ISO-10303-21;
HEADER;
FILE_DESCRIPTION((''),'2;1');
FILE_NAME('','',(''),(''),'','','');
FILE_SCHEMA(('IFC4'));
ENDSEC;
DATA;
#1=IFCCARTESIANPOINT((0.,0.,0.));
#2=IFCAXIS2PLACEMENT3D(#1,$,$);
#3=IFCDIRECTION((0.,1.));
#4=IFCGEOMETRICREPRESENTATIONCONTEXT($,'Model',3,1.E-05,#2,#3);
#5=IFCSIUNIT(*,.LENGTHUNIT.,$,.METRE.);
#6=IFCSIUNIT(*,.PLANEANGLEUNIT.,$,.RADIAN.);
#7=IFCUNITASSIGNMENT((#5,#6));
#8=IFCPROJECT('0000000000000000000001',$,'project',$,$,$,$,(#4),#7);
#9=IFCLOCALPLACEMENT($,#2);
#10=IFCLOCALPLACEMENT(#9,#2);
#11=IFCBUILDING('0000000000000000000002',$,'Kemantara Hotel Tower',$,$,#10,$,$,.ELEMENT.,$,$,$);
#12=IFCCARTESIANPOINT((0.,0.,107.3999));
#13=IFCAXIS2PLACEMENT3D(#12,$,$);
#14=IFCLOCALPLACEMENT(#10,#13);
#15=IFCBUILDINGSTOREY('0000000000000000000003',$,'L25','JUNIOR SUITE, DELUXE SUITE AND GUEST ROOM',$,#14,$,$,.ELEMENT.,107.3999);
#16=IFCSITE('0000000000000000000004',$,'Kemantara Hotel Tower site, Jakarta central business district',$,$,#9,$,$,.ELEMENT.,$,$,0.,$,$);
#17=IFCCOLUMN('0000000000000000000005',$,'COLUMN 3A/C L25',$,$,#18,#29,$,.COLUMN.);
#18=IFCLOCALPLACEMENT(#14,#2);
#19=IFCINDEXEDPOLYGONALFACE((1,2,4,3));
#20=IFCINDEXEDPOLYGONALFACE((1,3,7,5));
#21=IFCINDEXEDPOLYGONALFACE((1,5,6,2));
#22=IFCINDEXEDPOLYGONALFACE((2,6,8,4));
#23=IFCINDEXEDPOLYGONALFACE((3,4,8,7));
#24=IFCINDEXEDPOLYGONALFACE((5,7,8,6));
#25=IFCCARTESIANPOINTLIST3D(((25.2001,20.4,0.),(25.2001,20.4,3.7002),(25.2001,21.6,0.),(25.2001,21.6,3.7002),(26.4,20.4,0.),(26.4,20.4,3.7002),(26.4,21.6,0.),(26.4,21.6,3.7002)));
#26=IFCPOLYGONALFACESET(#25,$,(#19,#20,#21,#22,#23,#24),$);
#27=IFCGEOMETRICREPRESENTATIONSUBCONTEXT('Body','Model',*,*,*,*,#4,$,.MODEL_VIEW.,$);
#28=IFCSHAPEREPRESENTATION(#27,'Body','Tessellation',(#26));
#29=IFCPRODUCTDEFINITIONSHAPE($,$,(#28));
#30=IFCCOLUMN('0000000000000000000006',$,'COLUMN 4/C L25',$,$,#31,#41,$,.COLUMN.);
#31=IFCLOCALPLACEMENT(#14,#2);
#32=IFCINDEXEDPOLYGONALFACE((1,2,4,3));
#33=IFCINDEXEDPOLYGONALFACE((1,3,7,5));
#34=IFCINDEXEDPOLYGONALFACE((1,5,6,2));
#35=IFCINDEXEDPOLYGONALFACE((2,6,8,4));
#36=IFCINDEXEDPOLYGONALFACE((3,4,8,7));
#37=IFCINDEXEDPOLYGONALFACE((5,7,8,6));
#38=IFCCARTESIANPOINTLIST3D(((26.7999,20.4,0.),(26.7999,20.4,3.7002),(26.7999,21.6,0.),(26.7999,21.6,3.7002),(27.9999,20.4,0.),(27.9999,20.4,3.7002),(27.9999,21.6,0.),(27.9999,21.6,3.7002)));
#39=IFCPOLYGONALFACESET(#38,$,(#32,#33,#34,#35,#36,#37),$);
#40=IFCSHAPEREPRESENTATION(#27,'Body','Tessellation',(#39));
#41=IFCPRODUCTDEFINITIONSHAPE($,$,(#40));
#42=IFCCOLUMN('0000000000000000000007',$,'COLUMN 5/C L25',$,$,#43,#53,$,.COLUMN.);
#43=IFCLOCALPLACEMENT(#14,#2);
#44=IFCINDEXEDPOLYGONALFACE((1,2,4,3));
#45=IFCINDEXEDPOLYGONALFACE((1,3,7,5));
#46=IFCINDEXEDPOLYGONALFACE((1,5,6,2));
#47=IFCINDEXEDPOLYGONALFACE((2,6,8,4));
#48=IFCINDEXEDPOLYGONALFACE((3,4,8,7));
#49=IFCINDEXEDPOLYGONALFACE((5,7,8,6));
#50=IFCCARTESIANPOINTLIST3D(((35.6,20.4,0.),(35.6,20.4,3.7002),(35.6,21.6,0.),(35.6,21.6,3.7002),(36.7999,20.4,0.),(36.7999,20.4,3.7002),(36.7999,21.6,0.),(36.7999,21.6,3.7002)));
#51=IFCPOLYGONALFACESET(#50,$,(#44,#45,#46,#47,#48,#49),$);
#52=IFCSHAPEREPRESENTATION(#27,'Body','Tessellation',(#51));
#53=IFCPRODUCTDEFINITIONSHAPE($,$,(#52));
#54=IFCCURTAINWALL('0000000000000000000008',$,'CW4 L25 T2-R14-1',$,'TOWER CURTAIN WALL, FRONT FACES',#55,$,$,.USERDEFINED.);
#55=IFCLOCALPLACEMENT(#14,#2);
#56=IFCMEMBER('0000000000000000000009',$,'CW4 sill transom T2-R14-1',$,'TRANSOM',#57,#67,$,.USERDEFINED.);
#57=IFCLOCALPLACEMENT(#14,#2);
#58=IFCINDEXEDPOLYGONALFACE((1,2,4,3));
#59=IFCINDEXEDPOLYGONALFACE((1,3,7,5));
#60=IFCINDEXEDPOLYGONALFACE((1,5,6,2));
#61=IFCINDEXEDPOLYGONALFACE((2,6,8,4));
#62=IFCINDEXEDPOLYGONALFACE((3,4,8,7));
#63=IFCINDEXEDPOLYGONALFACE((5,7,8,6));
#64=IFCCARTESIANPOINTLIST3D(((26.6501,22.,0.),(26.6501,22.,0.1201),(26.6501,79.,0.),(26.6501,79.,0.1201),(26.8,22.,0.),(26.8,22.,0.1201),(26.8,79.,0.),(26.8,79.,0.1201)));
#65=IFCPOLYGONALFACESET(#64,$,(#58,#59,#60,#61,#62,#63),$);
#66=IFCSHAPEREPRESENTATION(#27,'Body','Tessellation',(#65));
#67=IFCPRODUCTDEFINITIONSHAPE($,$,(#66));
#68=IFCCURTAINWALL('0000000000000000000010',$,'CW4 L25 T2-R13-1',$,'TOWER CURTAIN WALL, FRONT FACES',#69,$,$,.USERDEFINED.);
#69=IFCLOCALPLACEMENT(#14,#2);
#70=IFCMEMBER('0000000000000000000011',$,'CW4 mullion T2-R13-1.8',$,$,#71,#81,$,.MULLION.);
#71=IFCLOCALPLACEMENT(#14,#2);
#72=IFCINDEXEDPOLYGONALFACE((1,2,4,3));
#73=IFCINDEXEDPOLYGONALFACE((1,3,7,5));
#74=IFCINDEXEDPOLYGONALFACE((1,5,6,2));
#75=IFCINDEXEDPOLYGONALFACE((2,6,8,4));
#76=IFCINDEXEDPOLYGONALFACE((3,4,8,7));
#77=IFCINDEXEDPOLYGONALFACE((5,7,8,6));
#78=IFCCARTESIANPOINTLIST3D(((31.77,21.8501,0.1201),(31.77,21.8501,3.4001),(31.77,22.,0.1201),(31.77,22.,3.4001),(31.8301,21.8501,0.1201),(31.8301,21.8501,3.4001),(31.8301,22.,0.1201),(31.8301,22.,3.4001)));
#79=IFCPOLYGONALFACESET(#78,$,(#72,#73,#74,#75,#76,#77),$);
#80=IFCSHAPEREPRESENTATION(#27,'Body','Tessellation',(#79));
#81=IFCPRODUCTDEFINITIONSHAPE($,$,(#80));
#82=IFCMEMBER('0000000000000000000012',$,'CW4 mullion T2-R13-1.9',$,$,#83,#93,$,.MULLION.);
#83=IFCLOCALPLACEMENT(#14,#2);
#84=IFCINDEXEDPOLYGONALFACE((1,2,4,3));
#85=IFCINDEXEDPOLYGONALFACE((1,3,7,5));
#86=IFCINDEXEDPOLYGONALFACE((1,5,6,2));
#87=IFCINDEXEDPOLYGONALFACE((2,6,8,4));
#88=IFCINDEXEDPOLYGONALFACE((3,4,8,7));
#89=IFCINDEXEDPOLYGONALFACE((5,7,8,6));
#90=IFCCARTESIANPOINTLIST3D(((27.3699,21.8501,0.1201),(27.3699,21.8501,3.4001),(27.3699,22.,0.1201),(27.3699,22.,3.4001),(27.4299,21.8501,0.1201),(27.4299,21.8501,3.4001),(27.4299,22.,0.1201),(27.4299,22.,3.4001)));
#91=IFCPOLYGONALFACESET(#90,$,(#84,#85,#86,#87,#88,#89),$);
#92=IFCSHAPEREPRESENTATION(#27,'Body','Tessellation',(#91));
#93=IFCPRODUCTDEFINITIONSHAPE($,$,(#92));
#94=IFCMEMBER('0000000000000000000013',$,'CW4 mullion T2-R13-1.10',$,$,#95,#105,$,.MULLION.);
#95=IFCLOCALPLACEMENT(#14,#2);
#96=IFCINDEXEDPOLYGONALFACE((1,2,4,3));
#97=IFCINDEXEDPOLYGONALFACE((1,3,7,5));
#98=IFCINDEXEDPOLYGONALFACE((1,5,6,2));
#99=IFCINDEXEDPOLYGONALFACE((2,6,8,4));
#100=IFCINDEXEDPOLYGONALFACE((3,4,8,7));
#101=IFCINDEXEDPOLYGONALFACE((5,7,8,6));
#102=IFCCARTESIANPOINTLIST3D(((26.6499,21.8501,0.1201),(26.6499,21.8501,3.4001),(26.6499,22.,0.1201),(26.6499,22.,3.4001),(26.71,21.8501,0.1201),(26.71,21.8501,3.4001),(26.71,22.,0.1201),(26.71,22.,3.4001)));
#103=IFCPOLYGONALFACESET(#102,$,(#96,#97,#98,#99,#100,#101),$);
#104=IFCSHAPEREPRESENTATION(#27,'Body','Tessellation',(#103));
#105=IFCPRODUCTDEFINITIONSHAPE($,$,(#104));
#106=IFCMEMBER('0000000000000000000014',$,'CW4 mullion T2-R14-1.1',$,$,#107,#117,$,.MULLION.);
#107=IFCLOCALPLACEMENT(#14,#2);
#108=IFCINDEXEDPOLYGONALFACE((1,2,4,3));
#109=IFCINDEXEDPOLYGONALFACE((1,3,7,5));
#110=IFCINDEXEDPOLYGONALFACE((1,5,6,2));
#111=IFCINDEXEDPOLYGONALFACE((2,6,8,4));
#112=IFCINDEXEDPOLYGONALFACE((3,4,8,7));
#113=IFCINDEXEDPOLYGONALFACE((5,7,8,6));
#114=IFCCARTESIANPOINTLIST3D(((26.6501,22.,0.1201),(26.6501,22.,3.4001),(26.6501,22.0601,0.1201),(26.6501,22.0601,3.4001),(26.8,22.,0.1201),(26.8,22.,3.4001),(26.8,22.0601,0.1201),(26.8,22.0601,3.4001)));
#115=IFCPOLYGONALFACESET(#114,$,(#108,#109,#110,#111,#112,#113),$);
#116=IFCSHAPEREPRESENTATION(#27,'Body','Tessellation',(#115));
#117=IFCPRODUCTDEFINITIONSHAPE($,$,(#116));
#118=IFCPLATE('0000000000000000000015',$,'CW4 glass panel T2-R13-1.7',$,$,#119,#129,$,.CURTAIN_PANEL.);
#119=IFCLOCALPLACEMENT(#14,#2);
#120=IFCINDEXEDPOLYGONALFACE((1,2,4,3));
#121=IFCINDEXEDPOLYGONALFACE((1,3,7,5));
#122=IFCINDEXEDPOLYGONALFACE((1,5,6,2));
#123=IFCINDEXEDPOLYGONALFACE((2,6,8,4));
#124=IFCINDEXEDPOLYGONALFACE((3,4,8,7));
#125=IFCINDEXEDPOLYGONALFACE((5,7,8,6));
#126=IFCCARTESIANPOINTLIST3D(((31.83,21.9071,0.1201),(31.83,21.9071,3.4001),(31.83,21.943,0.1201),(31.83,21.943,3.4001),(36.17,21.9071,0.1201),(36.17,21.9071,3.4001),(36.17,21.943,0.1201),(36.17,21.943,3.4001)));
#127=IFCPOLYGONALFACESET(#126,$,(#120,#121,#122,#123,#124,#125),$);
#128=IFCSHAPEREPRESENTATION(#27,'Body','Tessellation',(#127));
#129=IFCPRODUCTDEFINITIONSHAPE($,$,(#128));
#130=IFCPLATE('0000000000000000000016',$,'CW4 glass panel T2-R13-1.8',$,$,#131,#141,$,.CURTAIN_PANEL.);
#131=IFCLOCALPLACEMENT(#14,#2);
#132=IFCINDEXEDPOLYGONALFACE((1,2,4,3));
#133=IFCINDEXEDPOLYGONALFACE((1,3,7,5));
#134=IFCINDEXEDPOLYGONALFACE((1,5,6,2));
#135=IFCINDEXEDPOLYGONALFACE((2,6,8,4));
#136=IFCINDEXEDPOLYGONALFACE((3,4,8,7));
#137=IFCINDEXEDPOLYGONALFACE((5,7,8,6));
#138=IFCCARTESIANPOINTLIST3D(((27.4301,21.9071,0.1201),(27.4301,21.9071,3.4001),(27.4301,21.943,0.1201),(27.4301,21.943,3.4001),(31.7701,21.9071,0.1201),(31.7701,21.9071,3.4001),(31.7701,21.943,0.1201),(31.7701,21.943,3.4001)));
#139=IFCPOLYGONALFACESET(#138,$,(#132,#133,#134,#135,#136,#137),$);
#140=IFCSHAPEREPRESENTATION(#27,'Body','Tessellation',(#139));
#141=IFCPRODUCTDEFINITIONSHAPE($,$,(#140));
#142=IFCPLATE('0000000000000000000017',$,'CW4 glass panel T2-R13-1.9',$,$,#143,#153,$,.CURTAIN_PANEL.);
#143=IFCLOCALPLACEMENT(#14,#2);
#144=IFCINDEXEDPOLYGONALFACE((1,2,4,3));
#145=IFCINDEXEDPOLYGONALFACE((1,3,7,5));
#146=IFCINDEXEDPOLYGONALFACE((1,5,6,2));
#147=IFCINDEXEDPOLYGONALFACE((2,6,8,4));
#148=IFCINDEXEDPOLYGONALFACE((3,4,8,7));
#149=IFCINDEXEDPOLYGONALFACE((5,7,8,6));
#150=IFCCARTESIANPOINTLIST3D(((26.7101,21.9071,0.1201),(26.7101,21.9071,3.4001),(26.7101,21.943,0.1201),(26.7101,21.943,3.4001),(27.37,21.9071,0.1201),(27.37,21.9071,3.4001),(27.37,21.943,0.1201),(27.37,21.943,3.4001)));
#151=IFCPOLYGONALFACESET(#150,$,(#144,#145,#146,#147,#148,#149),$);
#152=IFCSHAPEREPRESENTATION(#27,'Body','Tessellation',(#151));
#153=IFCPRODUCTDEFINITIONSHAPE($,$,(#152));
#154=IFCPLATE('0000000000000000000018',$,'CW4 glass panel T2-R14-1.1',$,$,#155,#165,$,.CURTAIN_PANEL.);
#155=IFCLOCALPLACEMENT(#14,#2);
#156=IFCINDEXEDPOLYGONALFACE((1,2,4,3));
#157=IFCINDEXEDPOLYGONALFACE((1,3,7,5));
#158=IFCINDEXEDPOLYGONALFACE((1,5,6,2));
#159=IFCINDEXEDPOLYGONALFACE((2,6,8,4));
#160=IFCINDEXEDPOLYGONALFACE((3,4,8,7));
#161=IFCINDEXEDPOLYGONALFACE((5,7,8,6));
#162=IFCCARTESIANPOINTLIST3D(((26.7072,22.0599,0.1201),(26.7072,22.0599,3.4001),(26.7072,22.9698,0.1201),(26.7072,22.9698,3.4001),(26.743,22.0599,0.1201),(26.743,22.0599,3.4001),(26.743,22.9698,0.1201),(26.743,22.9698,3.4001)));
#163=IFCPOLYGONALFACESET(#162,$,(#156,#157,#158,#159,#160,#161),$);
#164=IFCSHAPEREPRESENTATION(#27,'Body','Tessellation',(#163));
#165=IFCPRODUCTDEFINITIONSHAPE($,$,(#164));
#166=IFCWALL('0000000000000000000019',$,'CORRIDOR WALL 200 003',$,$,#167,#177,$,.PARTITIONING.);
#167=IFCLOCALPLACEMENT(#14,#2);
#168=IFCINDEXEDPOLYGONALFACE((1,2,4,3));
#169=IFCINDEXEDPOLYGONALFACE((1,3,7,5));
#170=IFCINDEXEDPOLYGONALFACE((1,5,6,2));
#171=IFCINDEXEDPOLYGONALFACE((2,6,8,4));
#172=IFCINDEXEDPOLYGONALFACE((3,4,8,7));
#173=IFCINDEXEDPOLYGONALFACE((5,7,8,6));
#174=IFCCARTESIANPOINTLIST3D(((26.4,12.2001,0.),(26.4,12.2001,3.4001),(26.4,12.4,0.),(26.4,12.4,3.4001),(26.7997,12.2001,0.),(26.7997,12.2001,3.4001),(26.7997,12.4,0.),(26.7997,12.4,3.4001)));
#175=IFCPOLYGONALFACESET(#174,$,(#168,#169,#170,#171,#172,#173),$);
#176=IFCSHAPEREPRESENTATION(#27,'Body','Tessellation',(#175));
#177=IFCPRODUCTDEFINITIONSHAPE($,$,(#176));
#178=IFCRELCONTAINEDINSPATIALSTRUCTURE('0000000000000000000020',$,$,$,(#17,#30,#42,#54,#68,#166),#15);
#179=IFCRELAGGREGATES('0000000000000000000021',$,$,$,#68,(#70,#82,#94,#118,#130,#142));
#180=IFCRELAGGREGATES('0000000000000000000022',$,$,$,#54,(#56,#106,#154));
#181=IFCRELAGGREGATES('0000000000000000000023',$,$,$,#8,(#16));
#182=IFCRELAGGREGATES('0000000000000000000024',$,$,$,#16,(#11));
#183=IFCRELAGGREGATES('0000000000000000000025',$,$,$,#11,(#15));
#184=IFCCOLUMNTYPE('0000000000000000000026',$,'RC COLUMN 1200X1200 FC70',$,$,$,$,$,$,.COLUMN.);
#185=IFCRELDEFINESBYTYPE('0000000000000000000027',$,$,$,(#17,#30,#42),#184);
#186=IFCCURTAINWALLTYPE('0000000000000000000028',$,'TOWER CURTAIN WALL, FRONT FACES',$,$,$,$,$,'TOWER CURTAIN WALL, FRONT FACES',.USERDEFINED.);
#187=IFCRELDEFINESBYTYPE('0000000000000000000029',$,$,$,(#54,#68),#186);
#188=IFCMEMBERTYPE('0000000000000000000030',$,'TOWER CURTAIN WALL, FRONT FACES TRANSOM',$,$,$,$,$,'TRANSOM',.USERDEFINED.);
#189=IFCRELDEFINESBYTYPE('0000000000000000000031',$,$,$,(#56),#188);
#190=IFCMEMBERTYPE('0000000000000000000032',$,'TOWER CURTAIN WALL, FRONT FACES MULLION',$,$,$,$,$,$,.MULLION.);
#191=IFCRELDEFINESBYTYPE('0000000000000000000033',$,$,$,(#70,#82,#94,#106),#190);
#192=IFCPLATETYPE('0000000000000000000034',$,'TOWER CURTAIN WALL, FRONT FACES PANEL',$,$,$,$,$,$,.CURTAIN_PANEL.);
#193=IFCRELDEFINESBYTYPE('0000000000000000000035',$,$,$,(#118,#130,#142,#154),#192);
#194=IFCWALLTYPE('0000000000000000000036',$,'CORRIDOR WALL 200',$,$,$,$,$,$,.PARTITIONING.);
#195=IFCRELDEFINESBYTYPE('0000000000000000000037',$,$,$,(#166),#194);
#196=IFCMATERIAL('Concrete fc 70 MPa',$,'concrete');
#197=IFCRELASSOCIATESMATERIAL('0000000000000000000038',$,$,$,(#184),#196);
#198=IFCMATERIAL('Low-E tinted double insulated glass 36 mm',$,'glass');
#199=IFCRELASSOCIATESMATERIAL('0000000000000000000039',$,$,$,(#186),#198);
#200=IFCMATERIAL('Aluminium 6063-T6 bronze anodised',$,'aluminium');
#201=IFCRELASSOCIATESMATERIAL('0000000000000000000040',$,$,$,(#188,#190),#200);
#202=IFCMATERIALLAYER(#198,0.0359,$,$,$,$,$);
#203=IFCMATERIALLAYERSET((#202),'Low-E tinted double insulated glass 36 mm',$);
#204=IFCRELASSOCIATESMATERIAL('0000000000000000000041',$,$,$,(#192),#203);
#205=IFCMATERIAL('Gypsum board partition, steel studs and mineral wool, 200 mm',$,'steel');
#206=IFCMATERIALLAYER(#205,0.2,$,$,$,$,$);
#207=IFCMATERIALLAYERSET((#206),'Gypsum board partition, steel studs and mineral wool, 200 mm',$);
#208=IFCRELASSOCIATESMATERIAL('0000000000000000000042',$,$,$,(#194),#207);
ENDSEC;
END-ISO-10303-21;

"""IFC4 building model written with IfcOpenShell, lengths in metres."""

from ifc_helpers import new_model, si_unit, direction, frame, frame_2d, origin, origin_2d, place, context, subcontext, project, spatial, rectangle, extrude, source, transform, mapped, material, layer, layer_set, material_profile, profile_set, type_object, element, aggregate, save


model = new_model("IFC4")

# Units and contexts
model_context = context("Model", 3, precision=1e-05, world=origin(), true_north=direction((0.0, 1.0)))
body_context = subcontext(model_context, "Body", "Model", "MODEL_VIEW")
ifc_project = project(units=[si_unit("LENGTHUNIT", "METRE"), si_unit("PLANEANGLEUNIT", "RADIAN")], contexts=[model_context])

# Site, building, storey
site_placement = place(None, origin())
site = spatial("IfcSite", under=ifc_project, at=site_placement, Name="Kemantara Hotel Tower site, Jakarta central business district", CompositionType="ELEMENT", RefElevation=0.0)
building_placement = place(site_placement, origin())
building = spatial("IfcBuilding", under=site, at=building_placement, Name="Kemantara Hotel Tower", CompositionType="ELEMENT")
storey_placement = place(building_placement, frame((0.0, 0.0, 107.3999)))
storey = spatial("IfcBuildingStorey", under=building, at=storey_placement, Name="L25", Description="JUNIOR SUITE, DELUXE SUITE AND GUEST ROOM", CompositionType="ELEMENT", Elevation=107.3999)

# Columns
ifc_material_1 = material(Name="Concrete fc 70 MPa", Category="concrete")
ifc_material_profile_1 = material_profile(ifc_material_1, rectangle(XDim=1.2, YDim=1.2, at=origin_2d()), Name="RC 1200X1200")
ifc_profile_set_1 = profile_set([ifc_material_profile_1], Name="Concrete fc 70 MPa")
column_type = type_object("IfcColumnType", Name="RC COLUMN 1200X1200 FC70", PredefinedType="COLUMN", material=ifc_profile_set_1)
for number, where, z_axis, x_axis, name in (
    (1, (25.8, 21.0, 0.0), (0.0, 0.0, 1.0), (1.0, 0.0, 0.0), "COLUMN 3A/C L25"),
    (2, (27.3999, 21.0, 0.0), (0.0, 0.0, 1.0), (1.0, 0.0, 0.0), "COLUMN 4/C L25"),
    (3, (36.2, 21.0, 0.0), (0.0, 0.0, 1.0), (1.0, 0.0, 0.0), "COLUMN 5/C L25"),
):
    element("IfcColumn", number, at=place(storey_placement, frame(where, z_axis=z_axis, x_axis=x_axis)), inside=storey, type_object=column_type, Name=name, PredefinedType="COLUMN", context=body_context, shape_type="SweptSolid", body=[
        extrude(rectangle(XDim=1.2, YDim=1.2, at=origin_2d()), origin(), (0.0, 0.0, 1.0), 3.7002),
    ])

# Curtain wall, member
ifc_material_2 = material(Name="Low-E tinted double insulated glass 36 mm", Category="glass")
curtain_wall_type = type_object("IfcCurtainWallType", Name="TOWER CURTAIN WALL, FRONT FACES", ElementType="TOWER CURTAIN WALL, FRONT FACES", PredefinedType="USERDEFINED", material=ifc_material_2)
curtain_wall_1_placement = place(storey_placement, origin())
curtain_wall_1 = element("IfcCurtainWall", 4, at=curtain_wall_1_placement, inside=storey, type_object=curtain_wall_type, Name="CW4 L25 T2-R14-1", ObjectType="TOWER CURTAIN WALL, FRONT FACES", PredefinedType="USERDEFINED")
ifc_material_3 = material(Name="Aluminium 6063-T6 bronze anodised", Category="aluminium")
ifc_material_profile_2 = material_profile(ifc_material_3, rectangle(XDim=0.1499, YDim=0.1201, at=origin_2d()), Name="TOWER CURTAIN WALL, FRONT FACES TRANSOM")
ifc_profile_set_2 = profile_set([ifc_material_profile_2], Name="Aluminium 6063-T6 bronze anodised")
member_type_1 = type_object("IfcMemberType", Name="TOWER CURTAIN WALL, FRONT FACES TRANSOM", ElementType="TRANSOM", PredefinedType="USERDEFINED", material=ifc_profile_set_2)
member_1_placement = place(storey_placement, frame((26.7251, 22.0, 0.0601), z_axis=(0.0, 1.0, 0.0), x_axis=(-1.0, 0.0, 0.0)))
member_1 = element("IfcMember", 5, at=member_1_placement, type_object=member_type_1, Name="CW4 sill transom T2-R14-1", ObjectType="TRANSOM", PredefinedType="USERDEFINED", context=body_context, shape_type="SweptSolid", body=[
    extrude(rectangle(XDim=0.1499, YDim=0.1201, at=origin_2d()), origin(), (0.0, 0.0, 1.0), 57.0),
])

# Curtain wall, members
curtain_wall_2_placement = place(storey_placement, origin())
curtain_wall_2 = element("IfcCurtainWall", 6, at=curtain_wall_2_placement, inside=storey, type_object=curtain_wall_type, Name="CW4 L25 T2-R13-1", ObjectType="TOWER CURTAIN WALL, FRONT FACES", PredefinedType="USERDEFINED")
ifc_material_profile_3 = material_profile(ifc_material_3, rectangle(XDim=0.1499, YDim=0.0601, at=origin_2d()), Name="TOWER CURTAIN WALL, FRONT FACES MULLION")
ifc_profile_set_3 = profile_set([ifc_material_profile_3], Name="Aluminium 6063-T6 bronze anodised")
member_type_2 = type_object("IfcMemberType", Name="TOWER CURTAIN WALL, FRONT FACES MULLION", PredefinedType="MULLION", material=ifc_profile_set_3)
shared_shape_1 = source(origin(), body_context, "Body", "SweptSolid", [
    extrude(rectangle(XDim=0.1499, YDim=0.0601, at=origin_2d()), origin(), (0.0, 0.0, 1.0), 3.28),
])
member_2_placement = place(storey_placement, frame((31.8, 21.925, 0.1201), z_axis=(0.0, 0.0, 1.0), x_axis=(0.0, -1.0, 0.0)))
member_2 = element("IfcMember", 7, at=member_2_placement, type_object=member_type_2, Name="CW4 mullion T2-R13-1.8", PredefinedType="MULLION", context=body_context, shape_type="MappedRepresentation", body=[
    mapped(shared_shape_1, transform((0.0, 0.0, 0.0))),
])
member_3_placement = place(storey_placement, frame((27.3999, 21.925, 0.1201), z_axis=(0.0, 0.0, 1.0), x_axis=(0.0, -1.0, 0.0)))
member_3 = element("IfcMember", 8, at=member_3_placement, type_object=member_type_2, Name="CW4 mullion T2-R13-1.9", PredefinedType="MULLION", context=body_context, shape_type="MappedRepresentation", body=[
    mapped(shared_shape_1, transform((0.0, 0.0, 0.0))),
])
member_4_placement = place(storey_placement, frame((26.6799, 21.925, 0.1201), z_axis=(0.0, 0.0, 1.0), x_axis=(0.0, -1.0, 0.0)))
member_4 = element("IfcMember", 9, at=member_4_placement, type_object=member_type_2, Name="CW4 mullion T2-R13-1.10", PredefinedType="MULLION", context=body_context, shape_type="MappedRepresentation", body=[
    mapped(shared_shape_1, transform((0.0, 0.0, 0.0))),
])

# Member
member_5_placement = place(storey_placement, frame((26.7251, 22.03, 0.1201), z_axis=(0.0, 0.0, 1.0), x_axis=(-1.0, 0.0, 0.0)))
member_5 = element("IfcMember", 10, at=member_5_placement, type_object=member_type_2, Name="CW4 mullion T2-R14-1.1", PredefinedType="MULLION", context=body_context, shape_type="MappedRepresentation", body=[
    mapped(shared_shape_1, transform((0.0, 0.0, 0.0))),
])

# Plates
ifc_layer_1 = layer(ifc_material_2, 0.0359)
ifc_layer_set_1 = layer_set([ifc_layer_1], Name="Low-E tinted double insulated glass 36 mm")
plate_type = type_object("IfcPlateType", Name="TOWER CURTAIN WALL, FRONT FACES PANEL", PredefinedType="CURTAIN_PANEL", material=ifc_layer_set_1)
shared_shape_2 = source(origin(), body_context, "Body", "SweptSolid", [
    extrude(rectangle(XDim=4.3401, YDim=0.0359, at=origin_2d()), origin(), (0.0, 0.0, 1.0), 3.28),
])
plate_1_placement = place(storey_placement, frame((34.0, 21.925, 0.1201), z_axis=(0.0, 0.0, 1.0), x_axis=(-1.0, 0.0, 0.0)))
plate_1 = element("IfcPlate", 11, at=plate_1_placement, type_object=plate_type, Name="CW4 glass panel T2-R13-1.7", PredefinedType="CURTAIN_PANEL", context=body_context, shape_type="MappedRepresentation", body=[
    mapped(shared_shape_2, transform((0.0, 0.0, 0.0))),
])
plate_2_placement = place(storey_placement, frame((29.6001, 21.925, 0.1201), z_axis=(0.0, 0.0, 1.0), x_axis=(-1.0, 0.0, 0.0)))
plate_2 = element("IfcPlate", 12, at=plate_2_placement, type_object=plate_type, Name="CW4 glass panel T2-R13-1.8", PredefinedType="CURTAIN_PANEL", context=body_context, shape_type="MappedRepresentation", body=[
    mapped(shared_shape_2, transform((0.0, 0.0, 0.0))),
])
shared_shape_3 = source(origin(), body_context, "Body", "SweptSolid", [
    extrude(rectangle(XDim=0.6599, YDim=0.0359, at=origin_2d()), origin(), (0.0, 0.0, 1.0), 3.28),
])
plate_3_placement = place(storey_placement, frame((27.04, 21.925, 0.1201), z_axis=(0.0, 0.0, 1.0), x_axis=(-1.0, 0.0, 0.0)))
plate_3 = element("IfcPlate", 13, at=plate_3_placement, type_object=plate_type, Name="CW4 glass panel T2-R13-1.9", PredefinedType="CURTAIN_PANEL", context=body_context, shape_type="MappedRepresentation", body=[
    mapped(shared_shape_3, transform((0.0, 0.0, 0.0))),
])
aggregate(curtain_wall_2, [member_2, member_3, member_4, plate_1, plate_2, plate_3])
shared_shape_4 = source(origin(), body_context, "Body", "SweptSolid", [
    extrude(rectangle(XDim=0.9099, YDim=0.0359, at=origin_2d()), origin(), (0.0, 0.0, 1.0), 3.28),
])
plate_4_placement = place(storey_placement, frame((26.7251, 22.5149, 0.1201), z_axis=(0.0, 0.0, 1.0), x_axis=(0.0, 1.0, 0.0)))
plate_4 = element("IfcPlate", 14, at=plate_4_placement, type_object=plate_type, Name="CW4 glass panel T2-R14-1.1", PredefinedType="CURTAIN_PANEL", context=body_context, shape_type="MappedRepresentation", body=[
    mapped(shared_shape_4, transform((0.0, 0.0, 0.0))),
])
aggregate(curtain_wall_1, [member_1, member_5, plate_4])

# Wall
ifc_material_4 = material(Name="Gypsum board partition, steel studs and mineral wool, 200 mm", Category="steel")
ifc_layer_2 = layer(ifc_material_4, 0.2)
ifc_layer_set_2 = layer_set([ifc_layer_2], Name="Gypsum board partition, steel studs and mineral wool, 200 mm")
wall_type_1 = type_object("IfcWallType", Name="CORRIDOR WALL 200", PredefinedType="PARTITIONING", material=ifc_layer_set_2)
wall_1_placement = place(storey_placement, frame((26.4001, 12.3, 0.0), z_axis=(0.0, 0.0, 1.0), x_axis=(1.0, 0.0, 0.0)))
element("IfcWall", 15, at=wall_1_placement, inside=storey, type_object=wall_type_1, Name="CORRIDOR WALL 200 003", PredefinedType="PARTITIONING", context=body_context, shape_type="SweptSolid", body=[
    extrude(rectangle(XDim=0.3997, YDim=0.2, at=frame_2d((0.1997, 0.0))), origin(), (0.0, 0.0, 1.0), 3.4001),
])

save(model, "model.ifc")
